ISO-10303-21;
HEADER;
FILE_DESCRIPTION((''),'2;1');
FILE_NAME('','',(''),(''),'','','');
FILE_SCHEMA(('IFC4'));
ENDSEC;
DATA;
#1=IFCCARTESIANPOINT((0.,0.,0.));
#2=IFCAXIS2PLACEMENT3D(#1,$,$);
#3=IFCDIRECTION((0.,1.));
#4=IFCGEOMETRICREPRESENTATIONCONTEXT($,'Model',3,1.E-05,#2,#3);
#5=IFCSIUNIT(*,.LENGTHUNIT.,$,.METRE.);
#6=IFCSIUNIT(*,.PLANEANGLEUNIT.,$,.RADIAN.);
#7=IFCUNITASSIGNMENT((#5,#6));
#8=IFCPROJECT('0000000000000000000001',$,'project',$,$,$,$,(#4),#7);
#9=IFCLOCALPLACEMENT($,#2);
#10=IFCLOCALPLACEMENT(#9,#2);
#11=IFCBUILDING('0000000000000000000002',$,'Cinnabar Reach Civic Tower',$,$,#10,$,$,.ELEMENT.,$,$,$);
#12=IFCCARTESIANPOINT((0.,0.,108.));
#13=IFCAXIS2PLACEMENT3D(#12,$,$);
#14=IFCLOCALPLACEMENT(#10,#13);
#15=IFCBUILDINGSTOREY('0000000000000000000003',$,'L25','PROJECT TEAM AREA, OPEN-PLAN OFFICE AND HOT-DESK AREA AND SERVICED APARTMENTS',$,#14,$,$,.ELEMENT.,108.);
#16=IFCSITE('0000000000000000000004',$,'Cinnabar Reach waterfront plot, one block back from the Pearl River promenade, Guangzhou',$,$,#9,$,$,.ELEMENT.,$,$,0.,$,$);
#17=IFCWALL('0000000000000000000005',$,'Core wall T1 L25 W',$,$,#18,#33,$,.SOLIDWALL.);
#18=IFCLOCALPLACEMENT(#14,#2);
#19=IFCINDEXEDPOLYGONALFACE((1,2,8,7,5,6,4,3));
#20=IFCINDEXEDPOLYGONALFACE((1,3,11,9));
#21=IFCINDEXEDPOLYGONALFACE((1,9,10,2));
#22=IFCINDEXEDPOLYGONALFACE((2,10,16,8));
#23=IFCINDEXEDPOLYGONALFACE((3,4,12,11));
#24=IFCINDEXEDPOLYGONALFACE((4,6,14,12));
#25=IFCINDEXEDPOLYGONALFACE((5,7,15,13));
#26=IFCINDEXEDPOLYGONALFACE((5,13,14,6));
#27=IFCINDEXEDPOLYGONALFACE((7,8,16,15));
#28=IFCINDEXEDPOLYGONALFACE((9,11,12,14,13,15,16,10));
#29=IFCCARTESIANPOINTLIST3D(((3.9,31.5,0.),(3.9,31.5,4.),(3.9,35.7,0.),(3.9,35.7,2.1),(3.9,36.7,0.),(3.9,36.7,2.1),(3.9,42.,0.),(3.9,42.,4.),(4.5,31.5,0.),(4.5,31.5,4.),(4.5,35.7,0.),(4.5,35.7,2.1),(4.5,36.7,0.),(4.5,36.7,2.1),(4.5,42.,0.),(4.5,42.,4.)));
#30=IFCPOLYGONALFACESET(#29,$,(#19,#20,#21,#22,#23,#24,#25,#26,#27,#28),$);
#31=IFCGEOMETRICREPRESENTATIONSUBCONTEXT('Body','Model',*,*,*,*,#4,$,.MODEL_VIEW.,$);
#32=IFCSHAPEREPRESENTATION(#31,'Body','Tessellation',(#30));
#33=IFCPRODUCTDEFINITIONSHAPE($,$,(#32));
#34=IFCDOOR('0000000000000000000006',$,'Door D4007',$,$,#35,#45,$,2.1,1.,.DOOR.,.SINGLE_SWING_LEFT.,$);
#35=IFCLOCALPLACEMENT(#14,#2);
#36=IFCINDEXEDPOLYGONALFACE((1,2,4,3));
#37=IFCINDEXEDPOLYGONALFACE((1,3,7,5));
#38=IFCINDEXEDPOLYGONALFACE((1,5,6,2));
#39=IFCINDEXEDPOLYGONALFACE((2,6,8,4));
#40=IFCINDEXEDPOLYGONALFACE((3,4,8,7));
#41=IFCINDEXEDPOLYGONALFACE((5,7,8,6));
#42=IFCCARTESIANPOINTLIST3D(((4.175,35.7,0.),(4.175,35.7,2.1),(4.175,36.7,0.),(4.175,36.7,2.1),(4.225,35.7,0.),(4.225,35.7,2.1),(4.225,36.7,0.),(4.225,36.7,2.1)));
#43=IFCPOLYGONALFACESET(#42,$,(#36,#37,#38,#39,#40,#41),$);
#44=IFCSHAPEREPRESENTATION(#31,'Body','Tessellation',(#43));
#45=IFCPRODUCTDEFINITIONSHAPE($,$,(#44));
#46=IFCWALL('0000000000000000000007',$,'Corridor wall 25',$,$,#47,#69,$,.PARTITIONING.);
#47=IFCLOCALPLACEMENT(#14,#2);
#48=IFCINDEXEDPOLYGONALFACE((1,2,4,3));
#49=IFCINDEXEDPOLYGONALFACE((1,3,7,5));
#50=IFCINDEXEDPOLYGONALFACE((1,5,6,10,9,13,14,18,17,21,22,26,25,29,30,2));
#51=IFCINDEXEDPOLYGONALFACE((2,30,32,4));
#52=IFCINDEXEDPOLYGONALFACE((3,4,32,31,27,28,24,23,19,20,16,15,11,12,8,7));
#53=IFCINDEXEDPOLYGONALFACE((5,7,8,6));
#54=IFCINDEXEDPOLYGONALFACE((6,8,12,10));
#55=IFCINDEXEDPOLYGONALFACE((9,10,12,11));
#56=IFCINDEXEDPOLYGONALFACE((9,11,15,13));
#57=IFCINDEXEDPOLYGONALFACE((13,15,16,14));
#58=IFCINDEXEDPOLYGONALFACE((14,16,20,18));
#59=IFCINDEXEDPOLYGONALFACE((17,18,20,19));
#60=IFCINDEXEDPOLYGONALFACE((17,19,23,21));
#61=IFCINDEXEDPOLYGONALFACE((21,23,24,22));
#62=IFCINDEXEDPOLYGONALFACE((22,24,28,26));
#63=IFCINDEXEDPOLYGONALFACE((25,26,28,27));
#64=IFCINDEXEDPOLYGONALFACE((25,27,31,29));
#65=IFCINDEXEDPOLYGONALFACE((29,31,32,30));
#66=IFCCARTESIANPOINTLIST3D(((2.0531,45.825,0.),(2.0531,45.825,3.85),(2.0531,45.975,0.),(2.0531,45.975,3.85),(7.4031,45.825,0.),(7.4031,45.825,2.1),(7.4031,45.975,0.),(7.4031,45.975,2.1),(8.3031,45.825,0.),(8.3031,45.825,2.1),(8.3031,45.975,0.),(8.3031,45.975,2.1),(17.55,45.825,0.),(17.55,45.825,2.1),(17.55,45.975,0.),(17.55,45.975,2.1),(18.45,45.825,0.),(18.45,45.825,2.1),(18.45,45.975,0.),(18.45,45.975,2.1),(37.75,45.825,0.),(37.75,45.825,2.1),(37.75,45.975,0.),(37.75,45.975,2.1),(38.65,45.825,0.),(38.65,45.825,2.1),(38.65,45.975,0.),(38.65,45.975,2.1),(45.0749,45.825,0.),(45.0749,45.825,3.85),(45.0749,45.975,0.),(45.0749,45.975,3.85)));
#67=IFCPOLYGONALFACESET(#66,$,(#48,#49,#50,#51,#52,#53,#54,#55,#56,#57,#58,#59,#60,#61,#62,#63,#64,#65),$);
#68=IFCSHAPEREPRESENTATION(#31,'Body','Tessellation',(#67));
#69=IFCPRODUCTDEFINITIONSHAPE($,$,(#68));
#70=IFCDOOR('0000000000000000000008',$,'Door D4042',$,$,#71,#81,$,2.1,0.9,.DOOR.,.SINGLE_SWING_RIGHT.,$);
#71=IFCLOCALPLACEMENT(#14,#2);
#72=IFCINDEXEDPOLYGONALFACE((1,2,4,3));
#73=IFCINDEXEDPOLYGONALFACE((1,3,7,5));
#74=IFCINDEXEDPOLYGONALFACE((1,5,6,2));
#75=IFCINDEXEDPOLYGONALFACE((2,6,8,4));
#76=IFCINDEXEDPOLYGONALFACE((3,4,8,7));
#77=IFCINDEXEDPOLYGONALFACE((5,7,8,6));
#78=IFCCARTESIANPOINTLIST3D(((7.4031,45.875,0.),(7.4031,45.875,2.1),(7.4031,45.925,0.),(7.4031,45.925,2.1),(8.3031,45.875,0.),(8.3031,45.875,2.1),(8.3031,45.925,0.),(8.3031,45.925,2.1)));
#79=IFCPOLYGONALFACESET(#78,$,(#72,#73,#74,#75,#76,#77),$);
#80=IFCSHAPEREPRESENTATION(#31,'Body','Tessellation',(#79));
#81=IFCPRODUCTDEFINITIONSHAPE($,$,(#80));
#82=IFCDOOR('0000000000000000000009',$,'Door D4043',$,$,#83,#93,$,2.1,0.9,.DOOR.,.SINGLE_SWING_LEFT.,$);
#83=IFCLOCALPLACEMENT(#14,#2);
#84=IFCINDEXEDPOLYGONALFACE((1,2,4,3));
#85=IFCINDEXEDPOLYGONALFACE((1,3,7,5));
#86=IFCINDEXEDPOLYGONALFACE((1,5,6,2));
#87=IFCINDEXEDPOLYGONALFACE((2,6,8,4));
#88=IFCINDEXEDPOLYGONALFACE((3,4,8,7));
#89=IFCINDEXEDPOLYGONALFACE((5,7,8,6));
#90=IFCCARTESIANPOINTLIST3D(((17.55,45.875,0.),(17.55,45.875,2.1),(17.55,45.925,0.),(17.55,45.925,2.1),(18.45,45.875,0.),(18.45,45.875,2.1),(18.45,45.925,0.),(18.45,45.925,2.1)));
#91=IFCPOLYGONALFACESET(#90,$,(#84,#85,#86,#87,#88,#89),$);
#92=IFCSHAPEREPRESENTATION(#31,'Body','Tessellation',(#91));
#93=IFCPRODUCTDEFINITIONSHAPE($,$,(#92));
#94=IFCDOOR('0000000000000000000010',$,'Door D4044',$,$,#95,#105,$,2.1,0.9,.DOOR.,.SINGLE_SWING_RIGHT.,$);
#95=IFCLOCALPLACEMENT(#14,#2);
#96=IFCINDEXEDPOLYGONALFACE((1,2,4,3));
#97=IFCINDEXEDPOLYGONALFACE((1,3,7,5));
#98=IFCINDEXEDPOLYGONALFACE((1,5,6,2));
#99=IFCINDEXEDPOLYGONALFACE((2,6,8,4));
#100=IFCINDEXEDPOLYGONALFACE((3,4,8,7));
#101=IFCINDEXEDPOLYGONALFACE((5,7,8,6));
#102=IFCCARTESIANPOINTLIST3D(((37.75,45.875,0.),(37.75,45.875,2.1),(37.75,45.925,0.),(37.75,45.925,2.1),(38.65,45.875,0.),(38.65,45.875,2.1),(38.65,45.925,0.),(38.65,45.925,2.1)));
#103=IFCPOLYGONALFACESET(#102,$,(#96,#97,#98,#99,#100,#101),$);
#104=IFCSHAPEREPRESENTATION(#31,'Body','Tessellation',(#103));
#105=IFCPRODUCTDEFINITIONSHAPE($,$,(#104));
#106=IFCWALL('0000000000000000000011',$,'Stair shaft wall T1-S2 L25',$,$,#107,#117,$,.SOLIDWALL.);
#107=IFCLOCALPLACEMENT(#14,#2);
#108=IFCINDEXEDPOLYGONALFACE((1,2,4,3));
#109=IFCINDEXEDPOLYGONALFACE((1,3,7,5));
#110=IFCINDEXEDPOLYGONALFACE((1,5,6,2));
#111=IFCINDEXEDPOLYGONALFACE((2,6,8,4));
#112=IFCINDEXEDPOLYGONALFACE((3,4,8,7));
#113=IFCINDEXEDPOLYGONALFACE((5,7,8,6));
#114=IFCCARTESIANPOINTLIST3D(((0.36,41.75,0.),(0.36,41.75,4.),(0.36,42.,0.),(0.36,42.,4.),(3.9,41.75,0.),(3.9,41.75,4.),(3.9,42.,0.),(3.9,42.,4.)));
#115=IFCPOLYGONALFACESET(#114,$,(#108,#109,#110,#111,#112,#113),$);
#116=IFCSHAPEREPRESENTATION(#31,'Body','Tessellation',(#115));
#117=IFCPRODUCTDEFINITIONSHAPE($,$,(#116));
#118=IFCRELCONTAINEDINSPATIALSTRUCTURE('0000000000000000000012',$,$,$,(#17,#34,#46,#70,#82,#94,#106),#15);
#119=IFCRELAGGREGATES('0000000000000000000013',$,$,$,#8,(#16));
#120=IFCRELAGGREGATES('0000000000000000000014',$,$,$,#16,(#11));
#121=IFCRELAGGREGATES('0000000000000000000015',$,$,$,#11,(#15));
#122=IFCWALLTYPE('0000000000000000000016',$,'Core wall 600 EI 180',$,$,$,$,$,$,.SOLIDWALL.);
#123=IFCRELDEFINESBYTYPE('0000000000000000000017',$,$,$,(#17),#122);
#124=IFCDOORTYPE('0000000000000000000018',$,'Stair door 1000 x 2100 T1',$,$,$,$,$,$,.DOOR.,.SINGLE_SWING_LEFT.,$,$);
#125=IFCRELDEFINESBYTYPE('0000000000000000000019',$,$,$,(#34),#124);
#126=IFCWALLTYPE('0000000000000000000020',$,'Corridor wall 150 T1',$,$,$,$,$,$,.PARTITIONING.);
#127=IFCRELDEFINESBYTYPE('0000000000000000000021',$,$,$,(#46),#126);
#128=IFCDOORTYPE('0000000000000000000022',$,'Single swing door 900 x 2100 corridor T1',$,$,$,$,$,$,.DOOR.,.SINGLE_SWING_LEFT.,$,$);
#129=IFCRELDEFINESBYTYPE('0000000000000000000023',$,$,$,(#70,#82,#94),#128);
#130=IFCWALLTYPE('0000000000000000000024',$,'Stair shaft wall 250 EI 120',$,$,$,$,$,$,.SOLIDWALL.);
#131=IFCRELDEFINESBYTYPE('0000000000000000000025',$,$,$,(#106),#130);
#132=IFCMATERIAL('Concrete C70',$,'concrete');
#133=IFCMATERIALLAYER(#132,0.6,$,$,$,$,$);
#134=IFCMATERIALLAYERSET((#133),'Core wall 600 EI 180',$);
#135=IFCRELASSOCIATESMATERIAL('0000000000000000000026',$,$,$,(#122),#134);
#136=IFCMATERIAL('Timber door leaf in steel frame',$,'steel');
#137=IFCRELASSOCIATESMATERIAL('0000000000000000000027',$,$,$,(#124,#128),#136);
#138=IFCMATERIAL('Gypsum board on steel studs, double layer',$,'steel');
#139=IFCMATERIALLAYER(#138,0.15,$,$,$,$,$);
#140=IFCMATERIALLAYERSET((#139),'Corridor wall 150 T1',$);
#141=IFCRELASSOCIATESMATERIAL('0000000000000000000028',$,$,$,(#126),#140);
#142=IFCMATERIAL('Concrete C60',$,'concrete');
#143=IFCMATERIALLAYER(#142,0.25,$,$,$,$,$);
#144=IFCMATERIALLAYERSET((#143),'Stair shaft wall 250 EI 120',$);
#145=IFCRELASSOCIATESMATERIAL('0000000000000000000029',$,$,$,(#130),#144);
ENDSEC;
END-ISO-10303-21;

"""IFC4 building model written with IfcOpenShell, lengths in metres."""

from ifc_helpers import new_model, si_unit, direction, frame, frame_2d, origin, place, context, subcontext, project, spatial, rectangle, extrude, material, layer, layer_set, type_object, element, fill, save


model = new_model("IFC4")

# Units and contexts
model_context = context("Model", 3, precision=1e-05, world=origin(), true_north=direction((0.0, 1.0)))
body_context = subcontext(model_context, "Body", "Model", "MODEL_VIEW")
ifc_project = project(units=[si_unit("LENGTHUNIT", "METRE"), si_unit("PLANEANGLEUNIT", "RADIAN")], contexts=[model_context])

# Site, building, storey
site_placement = place(None, origin())
site = spatial("IfcSite", under=ifc_project, at=site_placement, Name="Cinnabar Reach waterfront plot, one block back from the Pearl River promenade, Guangzhou", CompositionType="ELEMENT", RefElevation=0.0)
building_placement = place(site_placement, origin())
building = spatial("IfcBuilding", under=site, at=building_placement, Name="Cinnabar Reach Civic Tower", CompositionType="ELEMENT")
storey_placement = place(building_placement, frame((0.0, 0.0, 108.0)))
storey = spatial("IfcBuildingStorey", under=building, at=storey_placement, Name="L25", Description="PROJECT TEAM AREA, OPEN-PLAN OFFICE AND HOT-DESK AREA AND SERVICED APARTMENTS", CompositionType="ELEMENT", Elevation=108.0)

# Shared definitions
ifc_material_1 = material(Name="Concrete C70", Category="concrete")

# Wall, opening, door
ifc_layer_1 = layer(ifc_material_1, 0.6)
ifc_layer_set_1 = layer_set([ifc_layer_1], Name="Core wall 600 EI 180")
wall_type_1 = type_object("IfcWallType", Name="Core wall 600 EI 180", PredefinedType="SOLIDWALL", material=ifc_layer_set_1)
wall_1_placement = place(storey_placement, frame((4.2, 42.0, 0.0), z_axis=(0.0, 0.0, 1.0), x_axis=(0.0, -1.0, 0.0)))
wall_1 = element("IfcWall", 1, at=wall_1_placement, inside=storey, type_object=wall_type_1, Name="Core wall T1 L25 W", PredefinedType="SOLIDWALL", context=body_context, shape_type="SweptSolid", body=[
    extrude(rectangle(XDim=10.5, YDim=0.6, at=frame_2d((5.25, 0.0))), origin(), (0.0, 0.0, 1.0), 4.0),
])
opening_1_placement = place(wall_1_placement, frame((5.3, 0.0, 0.0)))
opening_1 = element("IfcOpeningElement", 2, at=opening_1_placement, cuts=wall_1, PredefinedType="OPENING", context=body_context, shape_type="SweptSolid", body=[
    extrude(rectangle(XDim=1.0, YDim=2.1, at=frame_2d((0.5, 1.05))), frame((0.0, 0.31, 0.0), z_axis=(0.0, -1.0, 0.0), x_axis=(1.0, 0.0, 0.0)), (0.0, 0.0, 1.0), 0.62),
])
ifc_material_2 = material(Name="Timber door leaf in steel frame", Category="steel")
door_type_1 = type_object("IfcDoorType", Name="Stair door 1000 x 2100 T1", OperationType="SINGLE_SWING_LEFT", PredefinedType="DOOR", material=ifc_material_2)
door_1_placement = place(opening_1_placement, frame((1.0, 0.0, 0.0), z_axis=(0.0, 0.0, 1.0), x_axis=(-1.0, 0.0, 0.0)))
door_1 = element("IfcDoor", 3, at=door_1_placement, inside=storey, type_object=door_type_1, Name="Door D4007", OperationType="SINGLE_SWING_LEFT", OverallHeight=2.1, OverallWidth=1.0, PredefinedType="DOOR", context=body_context, shape_type="SweptSolid", body=[
    extrude(rectangle(XDim=1.0, YDim=2.1, at=frame_2d((0.5, 1.05))), frame((0.0, 0.025, 0.0), z_axis=(0.0, -1.0, 0.0), x_axis=(1.0, 0.0, 0.0)), (0.0, 0.0, 1.0), 0.05),
])
fill(opening_1, door_1)

# Wall, openings, doors
ifc_material_3 = material(Name="Gypsum board on steel studs, double layer", Category="steel")
ifc_layer_2 = layer(ifc_material_3, 0.15)
ifc_layer_set_2 = layer_set([ifc_layer_2], Name="Corridor wall 150 T1")
wall_type_2 = type_object("IfcWallType", Name="Corridor wall 150 T1", PredefinedType="PARTITIONING", material=ifc_layer_set_2)
wall_2_placement = place(storey_placement, frame((2.0531, 45.9, 0.0), z_axis=(0.0, 0.0, 1.0), x_axis=(1.0, 0.0, 0.0)))
wall_2 = element("IfcWall", 4, at=wall_2_placement, inside=storey, type_object=wall_type_2, Name="Corridor wall 25", PredefinedType="PARTITIONING", context=body_context, shape_type="SweptSolid", body=[
    extrude(rectangle(XDim=43.0218, YDim=0.15, at=frame_2d((21.5109, 0.0))), origin(), (0.0, 0.0, 1.0), 3.85),
])
opening_2_placement = place(wall_2_placement, frame((5.35, 0.0, 0.0)))
opening_2 = element("IfcOpeningElement", 5, at=opening_2_placement, cuts=wall_2, PredefinedType="OPENING", context=body_context, shape_type="SweptSolid", body=[
    extrude(rectangle(XDim=0.9, YDim=2.1, at=frame_2d((0.45, 1.05))), frame((0.0, 0.085, 0.0), z_axis=(0.0, -1.0, 0.0), x_axis=(1.0, 0.0, 0.0)), (0.0, 0.0, 1.0), 0.17),
])
opening_3_placement = place(wall_2_placement, frame((15.4969, 0.0, 0.0)))
opening_3 = element("IfcOpeningElement", 6, at=opening_3_placement, cuts=wall_2, PredefinedType="OPENING", context=body_context, shape_type="SweptSolid", body=[
    extrude(rectangle(XDim=0.9, YDim=2.1, at=frame_2d((0.45, 1.05))), frame((0.0, 0.085, 0.0), z_axis=(0.0, -1.0, 0.0), x_axis=(1.0, 0.0, 0.0)), (0.0, 0.0, 1.0), 0.17),
])
opening_4_placement = place(wall_2_placement, frame((35.6969, 0.0, 0.0)))
opening_4 = element("IfcOpeningElement", 7, at=opening_4_placement, cuts=wall_2, PredefinedType="OPENING", context=body_context, shape_type="SweptSolid", body=[
    extrude(rectangle(XDim=0.9, YDim=2.1, at=frame_2d((0.45, 1.05))), frame((0.0, 0.085, 0.0), z_axis=(0.0, -1.0, 0.0), x_axis=(1.0, 0.0, 0.0)), (0.0, 0.0, 1.0), 0.17),
])
door_type_2 = type_object("IfcDoorType", Name="Single swing door 900 x 2100 corridor T1", OperationType="SINGLE_SWING_LEFT", PredefinedType="DOOR", material=ifc_material_2)
door_2_placement = place(opening_2_placement, origin())
door_2 = element("IfcDoor", 8, at=door_2_placement, inside=storey, type_object=door_type_2, Name="Door D4042", OperationType="SINGLE_SWING_RIGHT", OverallHeight=2.1, OverallWidth=0.9, PredefinedType="DOOR", context=body_context, shape_type="SweptSolid", body=[
    extrude(rectangle(XDim=0.9, YDim=2.1, at=frame_2d((0.45, 1.05))), frame((0.0, 0.025, 0.0), z_axis=(0.0, -1.0, 0.0), x_axis=(1.0, 0.0, 0.0)), (0.0, 0.0, 1.0), 0.05),
])
fill(opening_2, door_2)
door_3_placement = place(opening_3_placement, origin())
door_3 = element("IfcDoor", 9, at=door_3_placement, inside=storey, type_object=door_type_2, Name="Door D4043", OperationType="SINGLE_SWING_LEFT", OverallHeight=2.1, OverallWidth=0.9, PredefinedType="DOOR", context=body_context, shape_type="SweptSolid", body=[
    extrude(rectangle(XDim=0.9, YDim=2.1, at=frame_2d((0.45, 1.05))), frame((0.0, 0.025, 0.0), z_axis=(0.0, -1.0, 0.0), x_axis=(1.0, 0.0, 0.0)), (0.0, 0.0, 1.0), 0.05),
])
fill(opening_3, door_3)
door_4_placement = place(opening_4_placement, origin())
door_4 = element("IfcDoor", 10, at=door_4_placement, inside=storey, type_object=door_type_2, Name="Door D4044", OperationType="SINGLE_SWING_RIGHT", OverallHeight=2.1, OverallWidth=0.9, PredefinedType="DOOR", context=body_context, shape_type="SweptSolid", body=[
    extrude(rectangle(XDim=0.9, YDim=2.1, at=frame_2d((0.45, 1.05))), frame((0.0, 0.025, 0.0), z_axis=(0.0, -1.0, 0.0), x_axis=(1.0, 0.0, 0.0)), (0.0, 0.0, 1.0), 0.05),
])
fill(opening_4, door_4)

# Wall
ifc_material_4 = material(Name="Concrete C60", Category="concrete")
ifc_layer_3 = layer(ifc_material_4, 0.25)
ifc_layer_set_3 = layer_set([ifc_layer_3], Name="Stair shaft wall 250 EI 120")
wall_type_3 = type_object("IfcWallType", Name="Stair shaft wall 250 EI 120", PredefinedType="SOLIDWALL", material=ifc_layer_set_3)
wall_3_placement = place(storey_placement, frame((3.9, 41.875, 0.0), z_axis=(0.0, 0.0, 1.0), x_axis=(-1.0, 0.0, 0.0)))
element("IfcWall", 11, at=wall_3_placement, inside=storey, type_object=wall_type_3, Name="Stair shaft wall T1-S2 L25", PredefinedType="SOLIDWALL", context=body_context, shape_type="SweptSolid", body=[
    extrude(rectangle(XDim=3.54, YDim=0.25, at=frame_2d((1.77, 0.0))), origin(), (0.0, 0.0, 1.0), 4.0),
])

save(model, "model.ifc")
